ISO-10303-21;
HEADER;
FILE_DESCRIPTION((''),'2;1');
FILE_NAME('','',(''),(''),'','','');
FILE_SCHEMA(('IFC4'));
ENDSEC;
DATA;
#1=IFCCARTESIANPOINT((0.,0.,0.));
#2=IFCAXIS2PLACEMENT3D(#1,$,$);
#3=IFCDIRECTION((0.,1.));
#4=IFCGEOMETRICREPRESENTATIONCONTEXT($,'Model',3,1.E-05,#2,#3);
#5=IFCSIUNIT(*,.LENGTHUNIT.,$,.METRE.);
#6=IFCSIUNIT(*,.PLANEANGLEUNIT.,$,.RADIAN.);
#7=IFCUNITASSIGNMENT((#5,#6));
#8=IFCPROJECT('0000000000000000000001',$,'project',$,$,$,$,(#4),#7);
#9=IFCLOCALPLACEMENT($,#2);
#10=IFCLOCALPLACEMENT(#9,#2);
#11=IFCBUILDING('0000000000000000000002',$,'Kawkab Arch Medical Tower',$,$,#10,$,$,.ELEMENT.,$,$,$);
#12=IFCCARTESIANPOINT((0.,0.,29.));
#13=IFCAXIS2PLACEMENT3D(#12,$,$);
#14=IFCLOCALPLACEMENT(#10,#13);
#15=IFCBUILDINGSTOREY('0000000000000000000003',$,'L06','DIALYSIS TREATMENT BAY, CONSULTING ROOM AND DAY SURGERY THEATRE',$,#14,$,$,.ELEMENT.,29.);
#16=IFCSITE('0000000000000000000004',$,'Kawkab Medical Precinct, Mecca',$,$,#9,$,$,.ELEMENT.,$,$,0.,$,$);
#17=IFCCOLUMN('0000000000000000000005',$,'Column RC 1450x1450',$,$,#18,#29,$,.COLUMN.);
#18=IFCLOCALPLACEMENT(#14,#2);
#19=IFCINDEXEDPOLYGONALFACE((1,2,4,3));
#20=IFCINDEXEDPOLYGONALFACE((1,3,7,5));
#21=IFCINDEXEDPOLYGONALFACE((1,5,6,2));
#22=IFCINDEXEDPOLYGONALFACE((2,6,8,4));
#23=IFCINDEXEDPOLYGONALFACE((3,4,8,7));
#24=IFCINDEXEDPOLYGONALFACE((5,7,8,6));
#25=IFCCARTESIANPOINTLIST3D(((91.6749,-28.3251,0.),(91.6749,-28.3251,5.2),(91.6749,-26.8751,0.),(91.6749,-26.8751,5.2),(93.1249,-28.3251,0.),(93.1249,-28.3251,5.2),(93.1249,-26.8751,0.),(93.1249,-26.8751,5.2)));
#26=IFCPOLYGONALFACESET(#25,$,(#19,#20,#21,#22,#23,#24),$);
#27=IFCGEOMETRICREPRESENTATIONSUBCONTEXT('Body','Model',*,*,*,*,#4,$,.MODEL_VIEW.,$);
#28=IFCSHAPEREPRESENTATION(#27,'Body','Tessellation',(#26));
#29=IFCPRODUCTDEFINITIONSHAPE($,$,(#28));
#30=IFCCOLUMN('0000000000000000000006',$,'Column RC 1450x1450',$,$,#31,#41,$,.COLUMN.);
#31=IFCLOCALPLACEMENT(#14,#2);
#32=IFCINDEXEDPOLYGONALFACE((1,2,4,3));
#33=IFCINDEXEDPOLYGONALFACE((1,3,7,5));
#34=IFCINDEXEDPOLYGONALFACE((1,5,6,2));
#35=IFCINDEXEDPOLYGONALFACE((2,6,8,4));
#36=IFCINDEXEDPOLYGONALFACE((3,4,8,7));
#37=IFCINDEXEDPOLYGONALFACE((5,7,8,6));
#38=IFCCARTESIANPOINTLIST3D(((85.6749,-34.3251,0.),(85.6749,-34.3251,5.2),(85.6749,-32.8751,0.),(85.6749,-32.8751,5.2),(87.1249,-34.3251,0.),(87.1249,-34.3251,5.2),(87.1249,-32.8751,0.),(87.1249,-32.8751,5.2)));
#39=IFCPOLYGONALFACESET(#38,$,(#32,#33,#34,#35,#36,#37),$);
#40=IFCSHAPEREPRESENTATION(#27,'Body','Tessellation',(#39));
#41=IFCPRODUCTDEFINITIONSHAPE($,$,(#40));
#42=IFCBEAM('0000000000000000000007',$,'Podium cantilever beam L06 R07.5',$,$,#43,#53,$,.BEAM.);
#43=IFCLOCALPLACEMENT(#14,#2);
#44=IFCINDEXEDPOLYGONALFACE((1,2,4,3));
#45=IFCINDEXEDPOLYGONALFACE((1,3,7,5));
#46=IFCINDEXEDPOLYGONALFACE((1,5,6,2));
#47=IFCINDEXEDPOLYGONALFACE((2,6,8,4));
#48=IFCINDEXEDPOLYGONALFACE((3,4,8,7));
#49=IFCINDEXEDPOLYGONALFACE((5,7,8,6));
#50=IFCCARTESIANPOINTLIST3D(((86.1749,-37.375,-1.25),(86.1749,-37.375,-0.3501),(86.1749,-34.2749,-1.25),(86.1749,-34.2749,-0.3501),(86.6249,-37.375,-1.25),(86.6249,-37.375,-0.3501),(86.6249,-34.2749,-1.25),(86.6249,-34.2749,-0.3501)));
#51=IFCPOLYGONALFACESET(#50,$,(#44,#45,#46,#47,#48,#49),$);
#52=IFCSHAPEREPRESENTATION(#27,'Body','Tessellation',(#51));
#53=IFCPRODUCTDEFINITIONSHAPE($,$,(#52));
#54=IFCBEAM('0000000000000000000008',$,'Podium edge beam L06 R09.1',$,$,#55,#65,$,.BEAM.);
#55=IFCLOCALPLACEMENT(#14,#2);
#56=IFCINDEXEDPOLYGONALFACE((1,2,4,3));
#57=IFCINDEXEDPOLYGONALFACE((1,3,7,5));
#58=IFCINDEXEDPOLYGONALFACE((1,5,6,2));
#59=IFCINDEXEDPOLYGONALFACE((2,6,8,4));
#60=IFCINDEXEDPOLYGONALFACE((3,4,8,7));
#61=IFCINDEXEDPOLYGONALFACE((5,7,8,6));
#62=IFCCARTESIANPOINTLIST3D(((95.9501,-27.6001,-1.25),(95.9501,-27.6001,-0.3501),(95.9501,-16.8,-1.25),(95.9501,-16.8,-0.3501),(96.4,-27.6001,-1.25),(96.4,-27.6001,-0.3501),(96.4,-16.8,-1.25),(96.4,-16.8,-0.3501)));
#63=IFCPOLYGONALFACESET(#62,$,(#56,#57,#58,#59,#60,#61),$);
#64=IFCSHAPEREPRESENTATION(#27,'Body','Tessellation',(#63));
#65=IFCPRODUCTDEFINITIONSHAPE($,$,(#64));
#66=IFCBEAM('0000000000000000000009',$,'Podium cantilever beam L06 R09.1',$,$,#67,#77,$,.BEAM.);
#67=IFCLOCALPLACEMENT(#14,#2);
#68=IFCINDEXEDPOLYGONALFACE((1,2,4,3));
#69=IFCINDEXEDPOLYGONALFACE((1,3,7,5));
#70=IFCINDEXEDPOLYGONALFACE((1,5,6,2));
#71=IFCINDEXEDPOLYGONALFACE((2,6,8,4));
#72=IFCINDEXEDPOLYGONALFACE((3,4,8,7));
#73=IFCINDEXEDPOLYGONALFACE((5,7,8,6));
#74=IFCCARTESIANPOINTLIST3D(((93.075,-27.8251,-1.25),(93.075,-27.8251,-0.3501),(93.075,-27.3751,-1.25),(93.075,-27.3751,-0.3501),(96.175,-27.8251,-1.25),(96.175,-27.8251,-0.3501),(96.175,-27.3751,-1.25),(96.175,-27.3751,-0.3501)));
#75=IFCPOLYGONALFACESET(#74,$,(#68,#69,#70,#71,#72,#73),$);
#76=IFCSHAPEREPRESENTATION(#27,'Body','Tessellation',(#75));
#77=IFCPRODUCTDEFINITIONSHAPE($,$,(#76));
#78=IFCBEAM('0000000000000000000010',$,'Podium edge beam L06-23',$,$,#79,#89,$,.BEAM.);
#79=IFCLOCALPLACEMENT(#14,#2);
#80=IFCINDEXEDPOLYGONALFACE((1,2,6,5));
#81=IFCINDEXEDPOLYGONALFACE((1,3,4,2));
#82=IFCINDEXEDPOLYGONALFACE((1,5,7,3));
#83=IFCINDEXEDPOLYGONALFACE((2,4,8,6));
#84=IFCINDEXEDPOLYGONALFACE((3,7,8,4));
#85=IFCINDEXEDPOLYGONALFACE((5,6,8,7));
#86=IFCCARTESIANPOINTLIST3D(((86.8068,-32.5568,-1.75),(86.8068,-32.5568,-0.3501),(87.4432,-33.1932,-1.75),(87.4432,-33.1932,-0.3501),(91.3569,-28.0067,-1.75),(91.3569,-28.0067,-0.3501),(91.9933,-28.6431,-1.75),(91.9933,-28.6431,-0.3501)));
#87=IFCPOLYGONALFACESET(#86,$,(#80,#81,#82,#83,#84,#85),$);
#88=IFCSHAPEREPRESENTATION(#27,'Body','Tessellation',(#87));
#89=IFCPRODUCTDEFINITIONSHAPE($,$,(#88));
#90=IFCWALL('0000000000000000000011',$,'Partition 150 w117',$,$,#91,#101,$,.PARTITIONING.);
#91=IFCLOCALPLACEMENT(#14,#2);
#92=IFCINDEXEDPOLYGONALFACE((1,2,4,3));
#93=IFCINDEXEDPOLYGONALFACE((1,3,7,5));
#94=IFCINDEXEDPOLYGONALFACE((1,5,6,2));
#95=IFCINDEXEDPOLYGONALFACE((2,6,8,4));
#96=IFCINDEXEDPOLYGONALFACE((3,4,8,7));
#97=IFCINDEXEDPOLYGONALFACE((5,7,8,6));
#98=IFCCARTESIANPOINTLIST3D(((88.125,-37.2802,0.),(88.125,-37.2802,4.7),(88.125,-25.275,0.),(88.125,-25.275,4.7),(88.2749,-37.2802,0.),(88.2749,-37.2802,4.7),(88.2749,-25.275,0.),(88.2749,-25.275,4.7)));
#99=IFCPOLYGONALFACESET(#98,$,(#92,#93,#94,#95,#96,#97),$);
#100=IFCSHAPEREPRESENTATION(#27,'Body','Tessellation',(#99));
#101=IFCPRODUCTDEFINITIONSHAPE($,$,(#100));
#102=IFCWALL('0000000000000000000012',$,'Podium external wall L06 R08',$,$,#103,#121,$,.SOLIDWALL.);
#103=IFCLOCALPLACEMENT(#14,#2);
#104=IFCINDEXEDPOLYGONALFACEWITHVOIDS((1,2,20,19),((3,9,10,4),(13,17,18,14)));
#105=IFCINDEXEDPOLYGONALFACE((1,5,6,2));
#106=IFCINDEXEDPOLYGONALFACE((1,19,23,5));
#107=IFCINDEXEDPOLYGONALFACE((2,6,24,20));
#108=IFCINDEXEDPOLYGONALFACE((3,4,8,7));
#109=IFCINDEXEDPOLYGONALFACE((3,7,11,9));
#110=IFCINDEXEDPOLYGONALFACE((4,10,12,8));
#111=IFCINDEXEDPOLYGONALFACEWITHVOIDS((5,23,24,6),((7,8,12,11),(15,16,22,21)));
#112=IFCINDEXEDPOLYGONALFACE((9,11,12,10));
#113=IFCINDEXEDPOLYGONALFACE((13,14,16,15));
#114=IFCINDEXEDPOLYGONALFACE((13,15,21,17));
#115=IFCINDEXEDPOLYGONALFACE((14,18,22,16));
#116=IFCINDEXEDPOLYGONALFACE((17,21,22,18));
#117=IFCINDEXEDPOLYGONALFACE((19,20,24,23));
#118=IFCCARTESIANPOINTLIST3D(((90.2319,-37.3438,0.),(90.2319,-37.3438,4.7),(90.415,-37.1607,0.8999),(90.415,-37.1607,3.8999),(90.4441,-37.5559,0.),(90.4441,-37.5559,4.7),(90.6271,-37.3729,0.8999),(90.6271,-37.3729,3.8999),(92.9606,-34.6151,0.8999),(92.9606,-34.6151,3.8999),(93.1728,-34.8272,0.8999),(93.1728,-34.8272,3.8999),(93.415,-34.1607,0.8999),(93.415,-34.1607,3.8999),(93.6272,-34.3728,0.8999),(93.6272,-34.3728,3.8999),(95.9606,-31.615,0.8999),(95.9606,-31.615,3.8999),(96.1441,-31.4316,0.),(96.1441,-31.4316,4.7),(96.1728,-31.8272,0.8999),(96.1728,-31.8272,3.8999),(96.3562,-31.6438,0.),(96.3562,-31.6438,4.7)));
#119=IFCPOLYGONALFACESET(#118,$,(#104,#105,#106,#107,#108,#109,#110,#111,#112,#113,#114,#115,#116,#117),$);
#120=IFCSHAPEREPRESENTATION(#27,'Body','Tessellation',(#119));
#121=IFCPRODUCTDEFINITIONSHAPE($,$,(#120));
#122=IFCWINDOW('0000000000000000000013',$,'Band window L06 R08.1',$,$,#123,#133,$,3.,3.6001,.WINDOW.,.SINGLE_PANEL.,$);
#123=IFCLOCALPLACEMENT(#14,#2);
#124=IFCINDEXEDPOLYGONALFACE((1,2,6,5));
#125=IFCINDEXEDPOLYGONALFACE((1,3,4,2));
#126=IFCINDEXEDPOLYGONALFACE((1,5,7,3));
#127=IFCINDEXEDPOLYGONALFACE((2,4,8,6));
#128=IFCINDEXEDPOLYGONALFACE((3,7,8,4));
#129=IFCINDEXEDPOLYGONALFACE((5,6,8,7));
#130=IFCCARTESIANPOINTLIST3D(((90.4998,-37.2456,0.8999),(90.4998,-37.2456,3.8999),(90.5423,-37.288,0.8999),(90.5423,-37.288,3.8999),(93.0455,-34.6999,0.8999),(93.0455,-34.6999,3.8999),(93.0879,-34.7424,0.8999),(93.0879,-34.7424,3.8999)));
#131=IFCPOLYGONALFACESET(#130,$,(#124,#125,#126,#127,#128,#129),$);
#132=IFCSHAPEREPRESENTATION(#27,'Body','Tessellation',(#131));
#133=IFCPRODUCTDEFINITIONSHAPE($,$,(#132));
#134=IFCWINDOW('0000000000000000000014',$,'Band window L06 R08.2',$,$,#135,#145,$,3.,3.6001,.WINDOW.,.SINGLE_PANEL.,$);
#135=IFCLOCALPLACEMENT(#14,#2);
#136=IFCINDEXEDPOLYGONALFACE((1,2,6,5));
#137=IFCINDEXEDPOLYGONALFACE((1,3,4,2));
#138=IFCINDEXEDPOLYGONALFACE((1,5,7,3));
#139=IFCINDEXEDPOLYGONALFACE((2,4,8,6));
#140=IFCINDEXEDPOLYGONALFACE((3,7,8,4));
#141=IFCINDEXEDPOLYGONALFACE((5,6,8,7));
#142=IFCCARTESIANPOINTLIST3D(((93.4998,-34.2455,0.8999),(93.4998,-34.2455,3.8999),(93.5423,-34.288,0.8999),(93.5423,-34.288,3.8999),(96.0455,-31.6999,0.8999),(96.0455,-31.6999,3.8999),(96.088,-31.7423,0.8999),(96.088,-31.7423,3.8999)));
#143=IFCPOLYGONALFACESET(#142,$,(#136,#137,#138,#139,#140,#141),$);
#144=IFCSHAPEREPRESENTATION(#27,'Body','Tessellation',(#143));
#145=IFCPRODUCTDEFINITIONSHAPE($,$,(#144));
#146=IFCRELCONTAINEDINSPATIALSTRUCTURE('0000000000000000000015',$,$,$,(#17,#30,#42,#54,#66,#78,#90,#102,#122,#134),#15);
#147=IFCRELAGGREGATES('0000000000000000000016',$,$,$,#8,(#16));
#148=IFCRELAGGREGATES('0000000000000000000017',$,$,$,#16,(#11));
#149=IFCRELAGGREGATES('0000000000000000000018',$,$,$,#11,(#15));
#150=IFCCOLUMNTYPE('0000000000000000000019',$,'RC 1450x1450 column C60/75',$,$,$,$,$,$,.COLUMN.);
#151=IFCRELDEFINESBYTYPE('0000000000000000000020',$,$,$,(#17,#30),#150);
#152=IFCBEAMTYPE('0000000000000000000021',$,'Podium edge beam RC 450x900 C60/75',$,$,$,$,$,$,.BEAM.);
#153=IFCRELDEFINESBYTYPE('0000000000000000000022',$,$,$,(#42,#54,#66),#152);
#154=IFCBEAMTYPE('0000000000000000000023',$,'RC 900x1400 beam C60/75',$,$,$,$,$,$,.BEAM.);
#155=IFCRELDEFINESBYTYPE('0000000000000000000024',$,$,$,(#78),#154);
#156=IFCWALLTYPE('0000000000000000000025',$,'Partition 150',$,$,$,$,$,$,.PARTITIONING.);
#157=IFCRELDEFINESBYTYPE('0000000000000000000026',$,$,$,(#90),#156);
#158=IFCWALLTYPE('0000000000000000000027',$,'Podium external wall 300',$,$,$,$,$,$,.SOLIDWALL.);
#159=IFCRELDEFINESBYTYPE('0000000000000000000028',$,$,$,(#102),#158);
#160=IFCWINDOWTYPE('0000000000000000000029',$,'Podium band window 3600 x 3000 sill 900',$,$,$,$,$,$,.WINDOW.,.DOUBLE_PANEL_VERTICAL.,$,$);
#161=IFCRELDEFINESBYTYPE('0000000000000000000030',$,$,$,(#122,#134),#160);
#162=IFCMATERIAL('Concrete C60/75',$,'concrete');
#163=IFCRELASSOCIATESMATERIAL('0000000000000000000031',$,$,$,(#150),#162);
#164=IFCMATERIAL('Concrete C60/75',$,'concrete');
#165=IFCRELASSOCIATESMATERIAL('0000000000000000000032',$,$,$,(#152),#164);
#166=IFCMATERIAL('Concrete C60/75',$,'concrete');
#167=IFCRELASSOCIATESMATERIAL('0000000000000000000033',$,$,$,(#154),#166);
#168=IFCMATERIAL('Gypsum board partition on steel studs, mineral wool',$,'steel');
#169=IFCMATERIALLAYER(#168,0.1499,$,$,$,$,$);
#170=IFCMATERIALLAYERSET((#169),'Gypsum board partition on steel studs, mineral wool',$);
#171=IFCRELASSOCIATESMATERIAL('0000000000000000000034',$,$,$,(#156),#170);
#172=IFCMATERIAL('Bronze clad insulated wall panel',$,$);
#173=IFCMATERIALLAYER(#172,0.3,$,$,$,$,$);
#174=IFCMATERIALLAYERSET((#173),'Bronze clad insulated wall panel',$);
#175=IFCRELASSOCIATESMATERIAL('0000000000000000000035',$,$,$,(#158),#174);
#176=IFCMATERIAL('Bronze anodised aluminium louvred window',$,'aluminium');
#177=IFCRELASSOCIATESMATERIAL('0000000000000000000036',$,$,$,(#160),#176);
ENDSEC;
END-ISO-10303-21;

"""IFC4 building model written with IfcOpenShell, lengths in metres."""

from ifc_helpers import new_model, si_unit, direction, frame, frame_2d, origin, origin_2d, place, context, subcontext, project, spatial, rectangle, extrude, material, layer, layer_set, material_profile, profile_set, type_object, element, fill, save


model = new_model("IFC4")

# Units and contexts
model_context = context("Model", 3, precision=1e-05, world=origin(), true_north=direction((0.0, 1.0)))
body_context = subcontext(model_context, "Body", "Model", "MODEL_VIEW")
ifc_project = project(units=[si_unit("LENGTHUNIT", "METRE"), si_unit("PLANEANGLEUNIT", "RADIAN")], contexts=[model_context])

# Site, building, storey
site_placement = place(None, origin())
site = spatial("IfcSite", under=ifc_project, at=site_placement, Name="Kawkab Medical Precinct, Mecca", CompositionType="ELEMENT", RefElevation=0.0)
building_placement = place(site_placement, origin())
building = spatial("IfcBuilding", under=site, at=building_placement, Name="Kawkab Arch Medical Tower", CompositionType="ELEMENT")
storey_placement = place(building_placement, frame((0.0, 0.0, 29.0)))
storey = spatial("IfcBuildingStorey", under=building, at=storey_placement, Name="L06", Description="DIALYSIS TREATMENT BAY, CONSULTING ROOM AND DAY SURGERY THEATRE", CompositionType="ELEMENT", Elevation=29.0)

# Columns
ifc_material_1 = material(Name="Concrete C60/75", Category="concrete")
ifc_material_profile_1 = material_profile(ifc_material_1, rectangle(XDim=1.45, YDim=1.45, at=origin_2d()), Name="RC 1450x1450")
ifc_profile_set_1 = profile_set([ifc_material_profile_1], Name="Concrete C60/75")
column_type = type_object("IfcColumnType", Name="RC 1450x1450 column C60/75", PredefinedType="COLUMN", material=ifc_profile_set_1)
for number, where, z_axis, x_axis, name in (
    (1, (92.3999, -27.6001, 0.0), (0.0, 0.0, 1.0), (1.0, 0.0, 0.0), "Column RC 1450x1450"),
    (2, (86.3999, -33.6001, 0.0), (0.0, 0.0, 1.0), (1.0, 0.0, 0.0), "Column RC 1450x1450"),
):
    element("IfcColumn", number, at=place(storey_placement, frame(where, z_axis=z_axis, x_axis=x_axis)), inside=storey, type_object=column_type, Name=name, PredefinedType="COLUMN", context=body_context, shape_type="SweptSolid", body=[
        extrude(rectangle(XDim=1.45, YDim=1.45, at=origin_2d()), origin(), (0.0, 0.0, 1.0), 5.2),
    ])

# Beams
ifc_material_2 = material(Name="Concrete C60/75", Category="concrete")
ifc_material_profile_2 = material_profile(ifc_material_2, rectangle(XDim=0.45, YDim=0.8999, at=origin_2d()), Name="RC 450x900")
ifc_profile_set_2 = profile_set([ifc_material_profile_2], Name="Concrete C60/75")
beam_type_1 = type_object("IfcBeamType", Name="Podium edge beam RC 450x900 C60/75", PredefinedType="BEAM", material=ifc_profile_set_2)
beam_1_placement = place(storey_placement, frame((86.3999, -34.2749, -0.8), z_axis=(0.0, -1.0, 0.0), x_axis=(1.0, 0.0, 0.0)))
element("IfcBeam", 3, at=beam_1_placement, inside=storey, type_object=beam_type_1, Name="Podium cantilever beam L06 R07.5", PredefinedType="BEAM", context=body_context, shape_type="SweptSolid", body=[
    extrude(rectangle(XDim=0.45, YDim=0.8999, at=origin_2d()), origin(), (0.0, 0.0, 1.0), 3.1001),
])
beam_2_placement = place(storey_placement, frame((96.175, -27.6001, -0.8), z_axis=(0.0, 1.0, 0.0), x_axis=(-1.0, 0.0, 0.0)))
element("IfcBeam", 4, at=beam_2_placement, inside=storey, type_object=beam_type_1, Name="Podium edge beam L06 R09.1", PredefinedType="BEAM", context=body_context, shape_type="SweptSolid", body=[
    extrude(rectangle(XDim=0.45, YDim=0.8999, at=origin_2d()), origin(), (0.0, 0.0, 1.0), 10.8),
])
beam_3_placement = place(storey_placement, frame((93.075, -27.6001, -0.8), z_axis=(1.0, 0.0, 0.0), x_axis=(0.0, 1.0, 0.0)))
element("IfcBeam", 5, at=beam_3_placement, inside=storey, type_object=beam_type_1, Name="Podium cantilever beam L06 R09.1", PredefinedType="BEAM", context=body_context, shape_type="SweptSolid", body=[
    extrude(rectangle(XDim=0.45, YDim=0.8999, at=origin_2d()), origin(), (0.0, 0.0, 1.0), 3.1001),
])
ifc_material_3 = material(Name="Concrete C60/75", Category="concrete")
ifc_material_profile_3 = material_profile(ifc_material_3, rectangle(XDim=0.8999, YDim=1.3999, at=origin_2d()), Name="RC 900x1400")
ifc_profile_set_3 = profile_set([ifc_material_profile_3], Name="Concrete C60/75")
beam_type_2 = type_object("IfcBeamType", Name="RC 900x1400 beam C60/75", PredefinedType="BEAM", material=ifc_profile_set_3)
beam_4_placement = place(storey_placement, frame((87.125, -32.875, -1.05), z_axis=(0.707107, 0.707107, 0.0), x_axis=(-0.707107, 0.707107, 0.0)))
element("IfcBeam", 6, at=beam_4_placement, inside=storey, type_object=beam_type_2, Name="Podium edge beam L06-23", PredefinedType="BEAM", context=body_context, shape_type="SweptSolid", body=[
    extrude(rectangle(XDim=0.8999, YDim=1.3999, at=origin_2d()), origin(), (0.0, 0.0, 1.0), 6.4348),
])

# Wall
ifc_material_4 = material(Name="Gypsum board partition on steel studs, mineral wool", Category="steel")
ifc_layer_1 = layer(ifc_material_4, 0.1499)
ifc_layer_set_1 = layer_set([ifc_layer_1], Name="Gypsum board partition on steel studs, mineral wool")
wall_type_1 = type_object("IfcWallType", Name="Partition 150", PredefinedType="PARTITIONING", material=ifc_layer_set_1)
wall_1_placement = place(storey_placement, frame((88.2, -37.28, 0.0), z_axis=(0.0, 0.0, 1.0), x_axis=(0.0, 1.0, 0.0)))
element("IfcWall", 7, at=wall_1_placement, inside=storey, type_object=wall_type_1, Name="Partition 150 w117", PredefinedType="PARTITIONING", context=body_context, shape_type="SweptSolid", body=[
    extrude(rectangle(XDim=12.0051, YDim=0.1499, at=frame_2d((6.0024, 0.0))), origin(), (0.0, 0.0, 1.0), 4.7),
])

# Wall, openings, windows
ifc_material_5 = material(Name="Bronze clad insulated wall panel")
ifc_layer_2 = layer(ifc_material_5, 0.3)
ifc_layer_set_2 = layer_set([ifc_layer_2], Name="Bronze clad insulated wall panel")
wall_type_2 = type_object("IfcWallType", Name="Podium external wall 300", PredefinedType="SOLIDWALL", material=ifc_layer_set_2)
wall_2_placement = place(storey_placement, frame((90.3379, -37.45, 0.0), z_axis=(0.0, 0.0, 1.0), x_axis=(0.707107, 0.707107, 0.0)))
wall_2 = element("IfcWall", 8, at=wall_2_placement, inside=storey, type_object=wall_type_2, Name="Podium external wall L06 R08", PredefinedType="SOLIDWALL", context=body_context, shape_type="SweptSolid", body=[
    extrude(rectangle(XDim=8.3611, YDim=0.3, at=frame_2d((4.1807, 0.0))), origin(), (0.0, 0.0, 1.0), 4.7),
])
opening_1_placement = place(wall_2_placement, frame((0.259, 0.0, 0.8999)))
opening_1 = element("IfcOpeningElement", 9, at=opening_1_placement, cuts=wall_2, PredefinedType="OPENING", context=body_context, shape_type="SweptSolid", body=[
    extrude(rectangle(XDim=3.6001, YDim=3.0, at=frame_2d((1.8, 1.5))), frame((0.0, 0.1599, 0.0), z_axis=(0.0, -1.0, 0.0), x_axis=(1.0, 0.0, 0.0)), (0.0, 0.0, 1.0), 0.3201),
])
opening_2_placement = place(wall_2_placement, frame((4.5017, 0.0, 0.8999)))
opening_2 = element("IfcOpeningElement", 10, at=opening_2_placement, cuts=wall_2, PredefinedType="OPENING", context=body_context, shape_type="SweptSolid", body=[
    extrude(rectangle(XDim=3.6001, YDim=3.0, at=frame_2d((1.8, 1.5))), frame((0.0, 0.1599, 0.0), z_axis=(0.0, -1.0, 0.0), x_axis=(1.0, 0.0, 0.0)), (0.0, 0.0, 1.0), 0.3201),
])
ifc_material_6 = material(Name="Bronze anodised aluminium louvred window", Category="aluminium")
window_type_1 = type_object("IfcWindowType", Name="Podium band window 3600 x 3000 sill 900", PartitioningType="DOUBLE_PANEL_VERTICAL", PredefinedType="WINDOW", material=ifc_material_6)
window_1_placement = place(opening_1_placement, origin())
window_1 = element("IfcWindow", 11, at=window_1_placement, inside=storey, type_object=window_type_1, Name="Band window L06 R08.1", OverallHeight=3.0, OverallWidth=3.6001, PartitioningType="SINGLE_PANEL", PredefinedType="WINDOW", context=body_context, shape_type="SweptSolid", body=[
    extrude(rectangle(XDim=3.6001, YDim=3.0, at=frame_2d((1.8, 1.5))), frame((0.0, 0.03, 0.0), z_axis=(0.0, -1.0, 0.0), x_axis=(1.0, 0.0, 0.0)), (0.0, 0.0, 1.0), 0.0601),
])
fill(opening_1, window_1)
window_2_placement = place(opening_2_placement, origin())
window_2 = element("IfcWindow", 12, at=window_2_placement, inside=storey, type_object=window_type_1, Name="Band window L06 R08.2", OverallHeight=3.0, OverallWidth=3.6001, PartitioningType="SINGLE_PANEL", PredefinedType="WINDOW", context=body_context, shape_type="SweptSolid", body=[
    extrude(rectangle(XDim=3.6001, YDim=3.0, at=frame_2d((1.8, 1.5))), frame((0.0, 0.03, 0.0), z_axis=(0.0, -1.0, 0.0), x_axis=(1.0, 0.0, 0.0)), (0.0, 0.0, 1.0), 0.0601),
])
fill(opening_2, window_2)

save(model, "model.ifc")
